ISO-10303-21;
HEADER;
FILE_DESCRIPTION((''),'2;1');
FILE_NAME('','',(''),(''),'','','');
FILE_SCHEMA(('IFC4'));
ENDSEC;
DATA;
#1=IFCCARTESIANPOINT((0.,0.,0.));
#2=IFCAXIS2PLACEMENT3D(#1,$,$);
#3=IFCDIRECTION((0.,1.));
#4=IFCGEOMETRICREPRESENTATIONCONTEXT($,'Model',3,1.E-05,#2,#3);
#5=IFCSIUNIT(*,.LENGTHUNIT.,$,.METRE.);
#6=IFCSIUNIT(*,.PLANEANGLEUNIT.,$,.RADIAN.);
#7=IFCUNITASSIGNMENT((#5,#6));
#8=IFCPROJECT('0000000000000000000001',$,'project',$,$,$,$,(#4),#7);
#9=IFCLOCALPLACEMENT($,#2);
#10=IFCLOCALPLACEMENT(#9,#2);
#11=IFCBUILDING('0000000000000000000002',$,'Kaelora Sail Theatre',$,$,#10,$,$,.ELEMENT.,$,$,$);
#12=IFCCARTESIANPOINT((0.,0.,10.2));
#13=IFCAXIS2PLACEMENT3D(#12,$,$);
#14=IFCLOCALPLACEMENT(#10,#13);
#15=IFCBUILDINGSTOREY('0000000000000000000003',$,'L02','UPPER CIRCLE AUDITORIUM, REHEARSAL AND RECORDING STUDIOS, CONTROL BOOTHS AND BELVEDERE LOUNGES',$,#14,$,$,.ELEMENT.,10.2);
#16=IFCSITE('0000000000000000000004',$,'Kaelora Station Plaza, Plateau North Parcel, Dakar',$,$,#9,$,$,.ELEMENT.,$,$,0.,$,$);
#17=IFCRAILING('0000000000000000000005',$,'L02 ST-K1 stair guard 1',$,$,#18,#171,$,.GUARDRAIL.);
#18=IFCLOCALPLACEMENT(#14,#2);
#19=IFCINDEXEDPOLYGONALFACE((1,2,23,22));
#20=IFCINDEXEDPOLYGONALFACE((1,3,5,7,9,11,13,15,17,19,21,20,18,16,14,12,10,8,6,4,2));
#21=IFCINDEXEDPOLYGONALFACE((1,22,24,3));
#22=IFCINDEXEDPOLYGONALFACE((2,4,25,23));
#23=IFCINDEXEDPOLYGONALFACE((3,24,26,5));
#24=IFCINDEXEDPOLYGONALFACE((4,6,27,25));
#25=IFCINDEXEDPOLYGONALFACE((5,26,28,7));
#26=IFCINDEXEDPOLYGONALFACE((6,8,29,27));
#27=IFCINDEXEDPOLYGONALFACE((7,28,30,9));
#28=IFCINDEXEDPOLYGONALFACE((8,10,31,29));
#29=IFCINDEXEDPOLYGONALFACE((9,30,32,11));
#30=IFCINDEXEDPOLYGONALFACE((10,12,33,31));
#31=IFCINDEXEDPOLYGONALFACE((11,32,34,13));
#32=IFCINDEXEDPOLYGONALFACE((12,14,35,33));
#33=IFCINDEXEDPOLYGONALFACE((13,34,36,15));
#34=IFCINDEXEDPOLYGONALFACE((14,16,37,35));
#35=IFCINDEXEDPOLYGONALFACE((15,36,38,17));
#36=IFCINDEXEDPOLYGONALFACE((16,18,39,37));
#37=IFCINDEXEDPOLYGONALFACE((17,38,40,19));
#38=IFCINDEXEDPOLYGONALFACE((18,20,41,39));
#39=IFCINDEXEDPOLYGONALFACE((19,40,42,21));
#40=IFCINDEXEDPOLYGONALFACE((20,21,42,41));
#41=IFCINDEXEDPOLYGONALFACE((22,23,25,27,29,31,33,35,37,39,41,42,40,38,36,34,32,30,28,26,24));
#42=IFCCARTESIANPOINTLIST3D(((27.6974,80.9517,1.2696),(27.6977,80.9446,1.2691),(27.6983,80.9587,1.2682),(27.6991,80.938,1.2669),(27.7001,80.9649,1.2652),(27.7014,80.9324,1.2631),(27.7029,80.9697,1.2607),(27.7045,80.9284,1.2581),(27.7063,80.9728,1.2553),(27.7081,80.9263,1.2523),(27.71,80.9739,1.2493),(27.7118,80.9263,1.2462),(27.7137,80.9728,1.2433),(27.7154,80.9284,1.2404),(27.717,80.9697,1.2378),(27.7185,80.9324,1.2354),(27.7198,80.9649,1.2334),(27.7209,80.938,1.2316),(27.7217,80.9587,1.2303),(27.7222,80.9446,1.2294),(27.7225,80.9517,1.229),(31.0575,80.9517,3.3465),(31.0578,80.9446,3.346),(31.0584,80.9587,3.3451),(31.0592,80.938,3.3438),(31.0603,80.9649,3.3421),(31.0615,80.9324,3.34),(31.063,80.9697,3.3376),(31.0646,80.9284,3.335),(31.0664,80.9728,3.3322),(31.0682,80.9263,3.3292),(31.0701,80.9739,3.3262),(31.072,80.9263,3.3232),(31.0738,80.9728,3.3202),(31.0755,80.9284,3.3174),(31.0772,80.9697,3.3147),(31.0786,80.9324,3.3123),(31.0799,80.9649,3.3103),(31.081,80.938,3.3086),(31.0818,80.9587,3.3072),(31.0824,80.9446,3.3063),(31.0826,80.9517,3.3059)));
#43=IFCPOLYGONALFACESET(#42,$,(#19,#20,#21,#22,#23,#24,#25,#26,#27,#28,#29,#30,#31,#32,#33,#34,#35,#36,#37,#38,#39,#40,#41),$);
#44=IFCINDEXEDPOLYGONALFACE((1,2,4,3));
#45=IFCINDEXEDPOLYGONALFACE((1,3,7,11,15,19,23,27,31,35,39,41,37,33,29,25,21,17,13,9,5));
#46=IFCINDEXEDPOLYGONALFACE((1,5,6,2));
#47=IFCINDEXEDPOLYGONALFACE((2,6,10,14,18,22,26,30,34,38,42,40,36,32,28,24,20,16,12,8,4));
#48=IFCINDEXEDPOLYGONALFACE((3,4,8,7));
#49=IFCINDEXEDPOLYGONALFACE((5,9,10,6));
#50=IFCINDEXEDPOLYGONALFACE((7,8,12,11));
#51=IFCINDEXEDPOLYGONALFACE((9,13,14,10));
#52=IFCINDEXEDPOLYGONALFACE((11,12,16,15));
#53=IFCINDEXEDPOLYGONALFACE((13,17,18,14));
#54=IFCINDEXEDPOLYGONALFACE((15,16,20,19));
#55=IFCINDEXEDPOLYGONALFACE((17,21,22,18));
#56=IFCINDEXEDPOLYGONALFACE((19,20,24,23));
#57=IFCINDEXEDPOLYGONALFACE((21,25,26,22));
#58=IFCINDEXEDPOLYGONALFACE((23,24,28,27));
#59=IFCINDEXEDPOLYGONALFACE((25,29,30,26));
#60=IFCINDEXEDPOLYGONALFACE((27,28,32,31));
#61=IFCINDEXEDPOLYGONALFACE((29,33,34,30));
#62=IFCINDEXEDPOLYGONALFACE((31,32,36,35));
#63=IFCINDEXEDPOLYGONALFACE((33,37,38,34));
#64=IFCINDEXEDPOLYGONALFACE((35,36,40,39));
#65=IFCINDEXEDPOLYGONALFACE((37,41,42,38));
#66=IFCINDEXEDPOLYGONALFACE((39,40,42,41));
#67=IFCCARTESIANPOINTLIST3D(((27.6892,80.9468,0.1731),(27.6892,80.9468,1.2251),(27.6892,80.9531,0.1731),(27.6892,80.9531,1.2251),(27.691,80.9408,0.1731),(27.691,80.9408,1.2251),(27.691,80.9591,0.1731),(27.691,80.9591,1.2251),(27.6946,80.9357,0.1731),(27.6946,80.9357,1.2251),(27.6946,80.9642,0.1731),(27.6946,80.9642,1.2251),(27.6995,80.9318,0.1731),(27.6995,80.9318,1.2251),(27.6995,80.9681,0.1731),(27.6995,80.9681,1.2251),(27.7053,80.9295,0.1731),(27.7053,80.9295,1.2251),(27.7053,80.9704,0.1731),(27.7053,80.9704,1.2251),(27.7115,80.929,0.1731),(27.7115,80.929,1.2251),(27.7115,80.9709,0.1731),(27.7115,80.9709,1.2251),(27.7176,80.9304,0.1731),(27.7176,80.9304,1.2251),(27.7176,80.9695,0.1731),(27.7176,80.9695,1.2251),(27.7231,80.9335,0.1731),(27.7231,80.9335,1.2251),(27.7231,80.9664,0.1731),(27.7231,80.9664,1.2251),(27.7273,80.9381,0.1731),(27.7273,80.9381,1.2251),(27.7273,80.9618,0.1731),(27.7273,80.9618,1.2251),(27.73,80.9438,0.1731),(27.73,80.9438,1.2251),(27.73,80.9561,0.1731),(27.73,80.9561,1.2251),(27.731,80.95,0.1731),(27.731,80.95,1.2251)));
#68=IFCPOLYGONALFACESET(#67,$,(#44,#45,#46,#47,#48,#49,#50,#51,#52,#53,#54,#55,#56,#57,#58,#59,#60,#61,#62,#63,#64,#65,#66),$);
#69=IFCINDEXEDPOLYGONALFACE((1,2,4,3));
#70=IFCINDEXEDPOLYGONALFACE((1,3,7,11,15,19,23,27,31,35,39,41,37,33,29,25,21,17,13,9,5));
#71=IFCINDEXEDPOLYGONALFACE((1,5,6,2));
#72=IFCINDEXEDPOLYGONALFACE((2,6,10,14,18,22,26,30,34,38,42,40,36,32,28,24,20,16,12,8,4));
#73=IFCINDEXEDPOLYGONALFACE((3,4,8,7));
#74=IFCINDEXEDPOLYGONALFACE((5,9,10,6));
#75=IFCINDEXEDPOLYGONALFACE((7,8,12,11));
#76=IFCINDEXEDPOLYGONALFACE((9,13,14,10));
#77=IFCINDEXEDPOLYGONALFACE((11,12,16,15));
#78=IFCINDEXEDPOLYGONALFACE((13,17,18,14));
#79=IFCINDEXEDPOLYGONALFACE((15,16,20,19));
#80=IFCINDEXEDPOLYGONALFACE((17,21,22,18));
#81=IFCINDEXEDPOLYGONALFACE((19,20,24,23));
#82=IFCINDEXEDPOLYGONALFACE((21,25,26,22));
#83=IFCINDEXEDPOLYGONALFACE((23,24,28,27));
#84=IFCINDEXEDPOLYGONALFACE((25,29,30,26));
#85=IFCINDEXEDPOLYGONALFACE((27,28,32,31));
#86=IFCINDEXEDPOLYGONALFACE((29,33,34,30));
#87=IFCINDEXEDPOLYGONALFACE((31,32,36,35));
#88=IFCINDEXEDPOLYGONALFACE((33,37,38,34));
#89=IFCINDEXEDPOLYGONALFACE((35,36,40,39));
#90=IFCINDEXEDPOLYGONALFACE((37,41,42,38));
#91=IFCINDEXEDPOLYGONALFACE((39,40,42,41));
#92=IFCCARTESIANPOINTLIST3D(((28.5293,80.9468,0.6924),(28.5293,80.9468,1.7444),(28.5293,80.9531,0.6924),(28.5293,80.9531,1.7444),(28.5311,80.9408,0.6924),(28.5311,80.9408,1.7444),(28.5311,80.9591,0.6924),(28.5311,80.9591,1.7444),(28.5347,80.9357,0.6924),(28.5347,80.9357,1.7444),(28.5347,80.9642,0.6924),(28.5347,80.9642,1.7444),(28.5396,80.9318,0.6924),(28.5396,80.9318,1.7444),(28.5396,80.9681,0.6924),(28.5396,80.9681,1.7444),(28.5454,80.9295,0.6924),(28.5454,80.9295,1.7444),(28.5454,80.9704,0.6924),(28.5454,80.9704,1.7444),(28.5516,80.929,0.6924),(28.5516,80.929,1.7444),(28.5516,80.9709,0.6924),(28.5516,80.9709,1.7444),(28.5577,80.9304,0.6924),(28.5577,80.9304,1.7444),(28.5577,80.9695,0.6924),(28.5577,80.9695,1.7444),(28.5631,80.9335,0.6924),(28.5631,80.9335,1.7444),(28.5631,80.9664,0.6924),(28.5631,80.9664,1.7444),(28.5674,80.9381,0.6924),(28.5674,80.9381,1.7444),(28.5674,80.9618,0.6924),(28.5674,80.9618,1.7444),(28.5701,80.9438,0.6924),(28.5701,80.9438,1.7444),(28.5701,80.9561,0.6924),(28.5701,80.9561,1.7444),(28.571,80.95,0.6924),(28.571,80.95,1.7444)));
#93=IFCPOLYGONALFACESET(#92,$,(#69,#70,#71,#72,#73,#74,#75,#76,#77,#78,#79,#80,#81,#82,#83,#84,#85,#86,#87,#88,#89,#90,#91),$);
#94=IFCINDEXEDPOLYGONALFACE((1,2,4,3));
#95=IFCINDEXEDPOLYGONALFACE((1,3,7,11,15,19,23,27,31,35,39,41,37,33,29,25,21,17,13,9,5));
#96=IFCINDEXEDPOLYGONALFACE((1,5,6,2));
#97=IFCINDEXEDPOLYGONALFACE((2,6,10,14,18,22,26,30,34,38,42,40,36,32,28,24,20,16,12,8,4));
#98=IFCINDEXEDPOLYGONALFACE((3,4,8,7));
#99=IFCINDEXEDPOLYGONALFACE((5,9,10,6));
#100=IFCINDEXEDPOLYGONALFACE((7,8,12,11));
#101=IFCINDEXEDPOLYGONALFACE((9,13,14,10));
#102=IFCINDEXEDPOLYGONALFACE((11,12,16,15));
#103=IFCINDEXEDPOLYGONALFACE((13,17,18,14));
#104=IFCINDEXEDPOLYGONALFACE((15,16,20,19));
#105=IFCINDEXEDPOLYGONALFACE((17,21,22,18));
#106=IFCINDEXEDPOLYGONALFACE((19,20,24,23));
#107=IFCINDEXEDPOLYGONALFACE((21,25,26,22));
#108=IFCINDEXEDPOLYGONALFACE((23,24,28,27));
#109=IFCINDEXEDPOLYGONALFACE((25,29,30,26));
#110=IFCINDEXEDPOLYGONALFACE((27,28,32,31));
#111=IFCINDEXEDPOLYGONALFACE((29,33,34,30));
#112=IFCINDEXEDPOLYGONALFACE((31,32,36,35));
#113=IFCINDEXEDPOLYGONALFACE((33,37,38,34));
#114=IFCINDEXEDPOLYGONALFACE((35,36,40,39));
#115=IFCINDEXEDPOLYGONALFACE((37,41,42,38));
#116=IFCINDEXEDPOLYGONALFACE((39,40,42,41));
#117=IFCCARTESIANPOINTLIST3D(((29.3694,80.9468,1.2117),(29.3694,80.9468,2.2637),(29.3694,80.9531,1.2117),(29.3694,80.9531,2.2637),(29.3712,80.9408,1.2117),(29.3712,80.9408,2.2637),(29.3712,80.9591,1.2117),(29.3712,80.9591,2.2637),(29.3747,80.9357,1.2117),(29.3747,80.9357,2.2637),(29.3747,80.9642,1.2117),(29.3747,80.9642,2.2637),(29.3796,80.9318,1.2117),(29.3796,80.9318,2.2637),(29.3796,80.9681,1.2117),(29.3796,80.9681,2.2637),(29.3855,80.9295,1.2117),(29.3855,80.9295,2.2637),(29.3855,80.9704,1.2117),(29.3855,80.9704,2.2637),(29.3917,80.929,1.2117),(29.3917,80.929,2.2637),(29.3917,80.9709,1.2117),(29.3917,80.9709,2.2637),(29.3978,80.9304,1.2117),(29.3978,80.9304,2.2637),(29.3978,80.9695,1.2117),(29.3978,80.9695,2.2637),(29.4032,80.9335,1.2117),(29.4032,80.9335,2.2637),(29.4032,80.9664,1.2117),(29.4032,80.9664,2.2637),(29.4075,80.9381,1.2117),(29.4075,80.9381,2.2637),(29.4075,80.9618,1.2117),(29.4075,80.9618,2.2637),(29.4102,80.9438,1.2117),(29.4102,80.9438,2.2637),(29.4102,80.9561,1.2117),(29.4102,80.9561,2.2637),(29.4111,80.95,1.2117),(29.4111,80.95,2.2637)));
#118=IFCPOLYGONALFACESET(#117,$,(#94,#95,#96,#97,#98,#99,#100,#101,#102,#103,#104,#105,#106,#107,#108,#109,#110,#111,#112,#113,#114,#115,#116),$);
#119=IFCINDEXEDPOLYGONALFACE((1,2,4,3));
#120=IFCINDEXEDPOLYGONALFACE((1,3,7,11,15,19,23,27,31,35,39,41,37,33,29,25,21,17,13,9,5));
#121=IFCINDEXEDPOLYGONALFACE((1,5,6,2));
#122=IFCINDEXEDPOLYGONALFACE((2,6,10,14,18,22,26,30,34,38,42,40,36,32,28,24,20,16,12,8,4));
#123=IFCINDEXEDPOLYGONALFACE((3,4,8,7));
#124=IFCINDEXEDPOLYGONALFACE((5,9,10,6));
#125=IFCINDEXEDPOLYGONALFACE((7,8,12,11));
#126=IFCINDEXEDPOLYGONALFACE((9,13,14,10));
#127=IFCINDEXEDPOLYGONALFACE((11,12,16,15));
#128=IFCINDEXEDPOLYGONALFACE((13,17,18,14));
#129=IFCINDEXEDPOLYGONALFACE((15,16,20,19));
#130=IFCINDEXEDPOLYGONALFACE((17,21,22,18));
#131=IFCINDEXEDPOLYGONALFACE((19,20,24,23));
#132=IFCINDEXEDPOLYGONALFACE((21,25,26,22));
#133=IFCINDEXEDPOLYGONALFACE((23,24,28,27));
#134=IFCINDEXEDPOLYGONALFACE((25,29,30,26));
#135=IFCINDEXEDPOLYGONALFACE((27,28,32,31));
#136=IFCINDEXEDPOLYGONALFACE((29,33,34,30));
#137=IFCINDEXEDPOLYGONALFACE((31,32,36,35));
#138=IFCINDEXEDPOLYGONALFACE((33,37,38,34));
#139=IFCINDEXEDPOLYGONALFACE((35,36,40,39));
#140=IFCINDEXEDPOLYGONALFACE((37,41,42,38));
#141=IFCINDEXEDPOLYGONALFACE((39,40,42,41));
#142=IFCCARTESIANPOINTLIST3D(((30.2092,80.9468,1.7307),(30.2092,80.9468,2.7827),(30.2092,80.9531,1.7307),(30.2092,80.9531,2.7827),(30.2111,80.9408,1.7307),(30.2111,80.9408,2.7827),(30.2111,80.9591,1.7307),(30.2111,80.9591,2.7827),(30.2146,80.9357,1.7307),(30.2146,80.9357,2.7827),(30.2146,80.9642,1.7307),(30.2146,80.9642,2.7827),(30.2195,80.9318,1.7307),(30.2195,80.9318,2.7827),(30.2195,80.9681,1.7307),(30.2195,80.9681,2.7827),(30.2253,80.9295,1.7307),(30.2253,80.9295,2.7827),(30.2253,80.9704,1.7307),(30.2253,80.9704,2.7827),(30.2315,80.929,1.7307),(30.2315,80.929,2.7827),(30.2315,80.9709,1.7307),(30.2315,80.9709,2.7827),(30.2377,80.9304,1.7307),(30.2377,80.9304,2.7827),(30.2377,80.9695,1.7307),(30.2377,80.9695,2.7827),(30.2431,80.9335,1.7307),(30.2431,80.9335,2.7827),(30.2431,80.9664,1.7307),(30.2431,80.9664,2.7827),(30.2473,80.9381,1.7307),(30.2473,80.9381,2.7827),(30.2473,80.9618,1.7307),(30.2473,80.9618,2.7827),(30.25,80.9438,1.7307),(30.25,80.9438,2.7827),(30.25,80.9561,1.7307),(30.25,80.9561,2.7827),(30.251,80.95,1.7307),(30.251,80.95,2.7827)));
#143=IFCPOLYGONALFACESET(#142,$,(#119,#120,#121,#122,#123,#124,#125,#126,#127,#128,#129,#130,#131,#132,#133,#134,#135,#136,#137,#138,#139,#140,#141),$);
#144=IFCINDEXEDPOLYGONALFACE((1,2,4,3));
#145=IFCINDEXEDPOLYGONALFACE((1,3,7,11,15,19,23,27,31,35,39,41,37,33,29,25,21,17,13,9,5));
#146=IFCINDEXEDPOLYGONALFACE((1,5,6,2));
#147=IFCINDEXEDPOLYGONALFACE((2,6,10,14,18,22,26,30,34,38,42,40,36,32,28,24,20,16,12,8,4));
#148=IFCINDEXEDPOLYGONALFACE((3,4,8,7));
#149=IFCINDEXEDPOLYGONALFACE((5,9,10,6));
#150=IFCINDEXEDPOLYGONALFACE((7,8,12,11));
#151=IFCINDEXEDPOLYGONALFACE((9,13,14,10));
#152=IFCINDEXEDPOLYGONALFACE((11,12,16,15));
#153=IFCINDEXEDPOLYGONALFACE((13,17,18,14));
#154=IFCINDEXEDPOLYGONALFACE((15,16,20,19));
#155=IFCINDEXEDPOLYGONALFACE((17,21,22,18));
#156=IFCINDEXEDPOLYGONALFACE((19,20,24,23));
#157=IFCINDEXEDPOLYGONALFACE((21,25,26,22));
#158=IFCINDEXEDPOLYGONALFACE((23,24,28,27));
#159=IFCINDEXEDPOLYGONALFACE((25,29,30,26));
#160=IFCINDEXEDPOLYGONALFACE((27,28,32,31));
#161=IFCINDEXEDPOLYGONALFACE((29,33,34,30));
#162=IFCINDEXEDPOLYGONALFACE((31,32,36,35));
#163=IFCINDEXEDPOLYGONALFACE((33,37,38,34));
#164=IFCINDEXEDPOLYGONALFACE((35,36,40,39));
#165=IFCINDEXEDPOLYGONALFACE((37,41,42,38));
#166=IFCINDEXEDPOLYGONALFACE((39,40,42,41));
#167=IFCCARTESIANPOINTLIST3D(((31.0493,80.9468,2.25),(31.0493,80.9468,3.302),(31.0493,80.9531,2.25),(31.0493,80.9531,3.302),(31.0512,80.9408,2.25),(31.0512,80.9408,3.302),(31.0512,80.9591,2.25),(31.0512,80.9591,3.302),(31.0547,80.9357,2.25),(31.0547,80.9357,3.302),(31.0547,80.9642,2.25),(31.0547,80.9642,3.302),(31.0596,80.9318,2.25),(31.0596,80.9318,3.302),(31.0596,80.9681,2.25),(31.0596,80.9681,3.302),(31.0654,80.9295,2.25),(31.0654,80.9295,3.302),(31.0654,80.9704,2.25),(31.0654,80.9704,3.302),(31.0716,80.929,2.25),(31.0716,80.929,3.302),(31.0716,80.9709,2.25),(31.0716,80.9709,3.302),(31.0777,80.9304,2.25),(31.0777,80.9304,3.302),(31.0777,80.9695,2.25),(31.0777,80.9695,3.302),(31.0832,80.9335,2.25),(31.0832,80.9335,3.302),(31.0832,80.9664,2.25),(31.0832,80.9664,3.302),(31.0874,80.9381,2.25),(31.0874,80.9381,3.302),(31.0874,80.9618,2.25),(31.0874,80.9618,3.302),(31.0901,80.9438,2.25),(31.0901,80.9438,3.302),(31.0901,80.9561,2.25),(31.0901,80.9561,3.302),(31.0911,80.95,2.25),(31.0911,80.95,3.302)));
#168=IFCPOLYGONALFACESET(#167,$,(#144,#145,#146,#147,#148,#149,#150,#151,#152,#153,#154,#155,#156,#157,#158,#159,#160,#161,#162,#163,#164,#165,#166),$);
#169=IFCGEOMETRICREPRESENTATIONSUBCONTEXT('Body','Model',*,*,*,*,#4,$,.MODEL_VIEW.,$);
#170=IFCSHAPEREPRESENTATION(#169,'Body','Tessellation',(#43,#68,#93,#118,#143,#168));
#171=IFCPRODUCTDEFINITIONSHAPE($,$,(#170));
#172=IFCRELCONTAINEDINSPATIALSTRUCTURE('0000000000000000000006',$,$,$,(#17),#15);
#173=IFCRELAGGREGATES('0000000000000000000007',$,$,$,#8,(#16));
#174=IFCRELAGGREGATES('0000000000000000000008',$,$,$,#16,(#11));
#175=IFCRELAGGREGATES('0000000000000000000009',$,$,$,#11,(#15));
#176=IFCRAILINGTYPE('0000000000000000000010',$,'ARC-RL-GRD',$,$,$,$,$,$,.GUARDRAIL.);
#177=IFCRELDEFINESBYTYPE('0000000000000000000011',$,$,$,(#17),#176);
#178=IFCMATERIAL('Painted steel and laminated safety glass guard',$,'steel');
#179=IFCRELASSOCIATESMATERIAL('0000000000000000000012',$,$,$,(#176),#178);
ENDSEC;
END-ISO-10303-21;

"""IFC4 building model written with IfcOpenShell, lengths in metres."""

from ifc_helpers import new_model, si_unit, direction, frame, origin, origin_2d, place, context, subcontext, project, spatial, circle, extrude, material, type_object, element, save


model = new_model("IFC4")

# Units and contexts
model_context = context("Model", 3, precision=1e-05, world=origin(), true_north=direction((0.0, 1.0)))
body_context = subcontext(model_context, "Body", "Model", "MODEL_VIEW")
ifc_project = project(units=[si_unit("LENGTHUNIT", "METRE"), si_unit("PLANEANGLEUNIT", "RADIAN")], contexts=[model_context])

# Site, building, storey
site_placement = place(None, origin())
site = spatial("IfcSite", under=ifc_project, at=site_placement, Name="Kaelora Station Plaza, Plateau North Parcel, Dakar", CompositionType="ELEMENT", RefElevation=0.0)
building_placement = place(site_placement, origin())
building = spatial("IfcBuilding", under=site, at=building_placement, Name="Kaelora Sail Theatre", CompositionType="ELEMENT")
storey_placement = place(building_placement, frame((0.0, 0.0, 10.2)))
storey = spatial("IfcBuildingStorey", under=building, at=storey_placement, Name="L02", Description="UPPER CIRCLE AUDITORIUM, REHEARSAL AND RECORDING STUDIOS, CONTROL BOOTHS AND BELVEDERE LOUNGES", CompositionType="ELEMENT", Elevation=10.2)

# Railing
ifc_material_1 = material(Name="Painted steel and laminated safety glass guard", Category="steel")
railing_type_1 = type_object("IfcRailingType", Name="ARC-RL-GRD", PredefinedType="GUARDRAIL", material=ifc_material_1)
railing_1_placement = place(storey_placement, frame((27.71, 80.95, 0.1731)))
element("IfcRailing", 1, at=railing_1_placement, inside=storey, type_object=railing_type_1, Name="L02 ST-K1 stair guard 1", PredefinedType="GUARDRAIL", context=body_context, shape_type="SweptSolid", body=[
    extrude(circle(Radius=0.0239, at=origin_2d()), frame((0.0, 0.0, 1.0762), z_axis=(0.850623, 0.0, 0.525776), x_axis=(0.0, 1.0, 0.0)), (0.0, 0.0, 1.0), 3.9502),
    extrude(circle(Radius=0.021, at=origin_2d()), origin(), (0.0, 0.0, 1.0), 1.052),
    extrude(circle(Radius=0.021, at=origin_2d()), frame((0.8401, 0.0, 0.5193)), (0.0, 0.0, 1.0), 1.052),
    extrude(circle(Radius=0.021, at=origin_2d()), frame((1.6802, 0.0, 1.0386)), (0.0, 0.0, 1.0), 1.052),
    extrude(circle(Radius=0.021, at=origin_2d()), frame((2.52, 0.0, 1.5576)), (0.0, 0.0, 1.0), 1.052),
    extrude(circle(Radius=0.021, at=origin_2d()), frame((3.3601, 0.0, 2.0769)), (0.0, 0.0, 1.0), 1.052),
])

save(model, "model.ifc")
